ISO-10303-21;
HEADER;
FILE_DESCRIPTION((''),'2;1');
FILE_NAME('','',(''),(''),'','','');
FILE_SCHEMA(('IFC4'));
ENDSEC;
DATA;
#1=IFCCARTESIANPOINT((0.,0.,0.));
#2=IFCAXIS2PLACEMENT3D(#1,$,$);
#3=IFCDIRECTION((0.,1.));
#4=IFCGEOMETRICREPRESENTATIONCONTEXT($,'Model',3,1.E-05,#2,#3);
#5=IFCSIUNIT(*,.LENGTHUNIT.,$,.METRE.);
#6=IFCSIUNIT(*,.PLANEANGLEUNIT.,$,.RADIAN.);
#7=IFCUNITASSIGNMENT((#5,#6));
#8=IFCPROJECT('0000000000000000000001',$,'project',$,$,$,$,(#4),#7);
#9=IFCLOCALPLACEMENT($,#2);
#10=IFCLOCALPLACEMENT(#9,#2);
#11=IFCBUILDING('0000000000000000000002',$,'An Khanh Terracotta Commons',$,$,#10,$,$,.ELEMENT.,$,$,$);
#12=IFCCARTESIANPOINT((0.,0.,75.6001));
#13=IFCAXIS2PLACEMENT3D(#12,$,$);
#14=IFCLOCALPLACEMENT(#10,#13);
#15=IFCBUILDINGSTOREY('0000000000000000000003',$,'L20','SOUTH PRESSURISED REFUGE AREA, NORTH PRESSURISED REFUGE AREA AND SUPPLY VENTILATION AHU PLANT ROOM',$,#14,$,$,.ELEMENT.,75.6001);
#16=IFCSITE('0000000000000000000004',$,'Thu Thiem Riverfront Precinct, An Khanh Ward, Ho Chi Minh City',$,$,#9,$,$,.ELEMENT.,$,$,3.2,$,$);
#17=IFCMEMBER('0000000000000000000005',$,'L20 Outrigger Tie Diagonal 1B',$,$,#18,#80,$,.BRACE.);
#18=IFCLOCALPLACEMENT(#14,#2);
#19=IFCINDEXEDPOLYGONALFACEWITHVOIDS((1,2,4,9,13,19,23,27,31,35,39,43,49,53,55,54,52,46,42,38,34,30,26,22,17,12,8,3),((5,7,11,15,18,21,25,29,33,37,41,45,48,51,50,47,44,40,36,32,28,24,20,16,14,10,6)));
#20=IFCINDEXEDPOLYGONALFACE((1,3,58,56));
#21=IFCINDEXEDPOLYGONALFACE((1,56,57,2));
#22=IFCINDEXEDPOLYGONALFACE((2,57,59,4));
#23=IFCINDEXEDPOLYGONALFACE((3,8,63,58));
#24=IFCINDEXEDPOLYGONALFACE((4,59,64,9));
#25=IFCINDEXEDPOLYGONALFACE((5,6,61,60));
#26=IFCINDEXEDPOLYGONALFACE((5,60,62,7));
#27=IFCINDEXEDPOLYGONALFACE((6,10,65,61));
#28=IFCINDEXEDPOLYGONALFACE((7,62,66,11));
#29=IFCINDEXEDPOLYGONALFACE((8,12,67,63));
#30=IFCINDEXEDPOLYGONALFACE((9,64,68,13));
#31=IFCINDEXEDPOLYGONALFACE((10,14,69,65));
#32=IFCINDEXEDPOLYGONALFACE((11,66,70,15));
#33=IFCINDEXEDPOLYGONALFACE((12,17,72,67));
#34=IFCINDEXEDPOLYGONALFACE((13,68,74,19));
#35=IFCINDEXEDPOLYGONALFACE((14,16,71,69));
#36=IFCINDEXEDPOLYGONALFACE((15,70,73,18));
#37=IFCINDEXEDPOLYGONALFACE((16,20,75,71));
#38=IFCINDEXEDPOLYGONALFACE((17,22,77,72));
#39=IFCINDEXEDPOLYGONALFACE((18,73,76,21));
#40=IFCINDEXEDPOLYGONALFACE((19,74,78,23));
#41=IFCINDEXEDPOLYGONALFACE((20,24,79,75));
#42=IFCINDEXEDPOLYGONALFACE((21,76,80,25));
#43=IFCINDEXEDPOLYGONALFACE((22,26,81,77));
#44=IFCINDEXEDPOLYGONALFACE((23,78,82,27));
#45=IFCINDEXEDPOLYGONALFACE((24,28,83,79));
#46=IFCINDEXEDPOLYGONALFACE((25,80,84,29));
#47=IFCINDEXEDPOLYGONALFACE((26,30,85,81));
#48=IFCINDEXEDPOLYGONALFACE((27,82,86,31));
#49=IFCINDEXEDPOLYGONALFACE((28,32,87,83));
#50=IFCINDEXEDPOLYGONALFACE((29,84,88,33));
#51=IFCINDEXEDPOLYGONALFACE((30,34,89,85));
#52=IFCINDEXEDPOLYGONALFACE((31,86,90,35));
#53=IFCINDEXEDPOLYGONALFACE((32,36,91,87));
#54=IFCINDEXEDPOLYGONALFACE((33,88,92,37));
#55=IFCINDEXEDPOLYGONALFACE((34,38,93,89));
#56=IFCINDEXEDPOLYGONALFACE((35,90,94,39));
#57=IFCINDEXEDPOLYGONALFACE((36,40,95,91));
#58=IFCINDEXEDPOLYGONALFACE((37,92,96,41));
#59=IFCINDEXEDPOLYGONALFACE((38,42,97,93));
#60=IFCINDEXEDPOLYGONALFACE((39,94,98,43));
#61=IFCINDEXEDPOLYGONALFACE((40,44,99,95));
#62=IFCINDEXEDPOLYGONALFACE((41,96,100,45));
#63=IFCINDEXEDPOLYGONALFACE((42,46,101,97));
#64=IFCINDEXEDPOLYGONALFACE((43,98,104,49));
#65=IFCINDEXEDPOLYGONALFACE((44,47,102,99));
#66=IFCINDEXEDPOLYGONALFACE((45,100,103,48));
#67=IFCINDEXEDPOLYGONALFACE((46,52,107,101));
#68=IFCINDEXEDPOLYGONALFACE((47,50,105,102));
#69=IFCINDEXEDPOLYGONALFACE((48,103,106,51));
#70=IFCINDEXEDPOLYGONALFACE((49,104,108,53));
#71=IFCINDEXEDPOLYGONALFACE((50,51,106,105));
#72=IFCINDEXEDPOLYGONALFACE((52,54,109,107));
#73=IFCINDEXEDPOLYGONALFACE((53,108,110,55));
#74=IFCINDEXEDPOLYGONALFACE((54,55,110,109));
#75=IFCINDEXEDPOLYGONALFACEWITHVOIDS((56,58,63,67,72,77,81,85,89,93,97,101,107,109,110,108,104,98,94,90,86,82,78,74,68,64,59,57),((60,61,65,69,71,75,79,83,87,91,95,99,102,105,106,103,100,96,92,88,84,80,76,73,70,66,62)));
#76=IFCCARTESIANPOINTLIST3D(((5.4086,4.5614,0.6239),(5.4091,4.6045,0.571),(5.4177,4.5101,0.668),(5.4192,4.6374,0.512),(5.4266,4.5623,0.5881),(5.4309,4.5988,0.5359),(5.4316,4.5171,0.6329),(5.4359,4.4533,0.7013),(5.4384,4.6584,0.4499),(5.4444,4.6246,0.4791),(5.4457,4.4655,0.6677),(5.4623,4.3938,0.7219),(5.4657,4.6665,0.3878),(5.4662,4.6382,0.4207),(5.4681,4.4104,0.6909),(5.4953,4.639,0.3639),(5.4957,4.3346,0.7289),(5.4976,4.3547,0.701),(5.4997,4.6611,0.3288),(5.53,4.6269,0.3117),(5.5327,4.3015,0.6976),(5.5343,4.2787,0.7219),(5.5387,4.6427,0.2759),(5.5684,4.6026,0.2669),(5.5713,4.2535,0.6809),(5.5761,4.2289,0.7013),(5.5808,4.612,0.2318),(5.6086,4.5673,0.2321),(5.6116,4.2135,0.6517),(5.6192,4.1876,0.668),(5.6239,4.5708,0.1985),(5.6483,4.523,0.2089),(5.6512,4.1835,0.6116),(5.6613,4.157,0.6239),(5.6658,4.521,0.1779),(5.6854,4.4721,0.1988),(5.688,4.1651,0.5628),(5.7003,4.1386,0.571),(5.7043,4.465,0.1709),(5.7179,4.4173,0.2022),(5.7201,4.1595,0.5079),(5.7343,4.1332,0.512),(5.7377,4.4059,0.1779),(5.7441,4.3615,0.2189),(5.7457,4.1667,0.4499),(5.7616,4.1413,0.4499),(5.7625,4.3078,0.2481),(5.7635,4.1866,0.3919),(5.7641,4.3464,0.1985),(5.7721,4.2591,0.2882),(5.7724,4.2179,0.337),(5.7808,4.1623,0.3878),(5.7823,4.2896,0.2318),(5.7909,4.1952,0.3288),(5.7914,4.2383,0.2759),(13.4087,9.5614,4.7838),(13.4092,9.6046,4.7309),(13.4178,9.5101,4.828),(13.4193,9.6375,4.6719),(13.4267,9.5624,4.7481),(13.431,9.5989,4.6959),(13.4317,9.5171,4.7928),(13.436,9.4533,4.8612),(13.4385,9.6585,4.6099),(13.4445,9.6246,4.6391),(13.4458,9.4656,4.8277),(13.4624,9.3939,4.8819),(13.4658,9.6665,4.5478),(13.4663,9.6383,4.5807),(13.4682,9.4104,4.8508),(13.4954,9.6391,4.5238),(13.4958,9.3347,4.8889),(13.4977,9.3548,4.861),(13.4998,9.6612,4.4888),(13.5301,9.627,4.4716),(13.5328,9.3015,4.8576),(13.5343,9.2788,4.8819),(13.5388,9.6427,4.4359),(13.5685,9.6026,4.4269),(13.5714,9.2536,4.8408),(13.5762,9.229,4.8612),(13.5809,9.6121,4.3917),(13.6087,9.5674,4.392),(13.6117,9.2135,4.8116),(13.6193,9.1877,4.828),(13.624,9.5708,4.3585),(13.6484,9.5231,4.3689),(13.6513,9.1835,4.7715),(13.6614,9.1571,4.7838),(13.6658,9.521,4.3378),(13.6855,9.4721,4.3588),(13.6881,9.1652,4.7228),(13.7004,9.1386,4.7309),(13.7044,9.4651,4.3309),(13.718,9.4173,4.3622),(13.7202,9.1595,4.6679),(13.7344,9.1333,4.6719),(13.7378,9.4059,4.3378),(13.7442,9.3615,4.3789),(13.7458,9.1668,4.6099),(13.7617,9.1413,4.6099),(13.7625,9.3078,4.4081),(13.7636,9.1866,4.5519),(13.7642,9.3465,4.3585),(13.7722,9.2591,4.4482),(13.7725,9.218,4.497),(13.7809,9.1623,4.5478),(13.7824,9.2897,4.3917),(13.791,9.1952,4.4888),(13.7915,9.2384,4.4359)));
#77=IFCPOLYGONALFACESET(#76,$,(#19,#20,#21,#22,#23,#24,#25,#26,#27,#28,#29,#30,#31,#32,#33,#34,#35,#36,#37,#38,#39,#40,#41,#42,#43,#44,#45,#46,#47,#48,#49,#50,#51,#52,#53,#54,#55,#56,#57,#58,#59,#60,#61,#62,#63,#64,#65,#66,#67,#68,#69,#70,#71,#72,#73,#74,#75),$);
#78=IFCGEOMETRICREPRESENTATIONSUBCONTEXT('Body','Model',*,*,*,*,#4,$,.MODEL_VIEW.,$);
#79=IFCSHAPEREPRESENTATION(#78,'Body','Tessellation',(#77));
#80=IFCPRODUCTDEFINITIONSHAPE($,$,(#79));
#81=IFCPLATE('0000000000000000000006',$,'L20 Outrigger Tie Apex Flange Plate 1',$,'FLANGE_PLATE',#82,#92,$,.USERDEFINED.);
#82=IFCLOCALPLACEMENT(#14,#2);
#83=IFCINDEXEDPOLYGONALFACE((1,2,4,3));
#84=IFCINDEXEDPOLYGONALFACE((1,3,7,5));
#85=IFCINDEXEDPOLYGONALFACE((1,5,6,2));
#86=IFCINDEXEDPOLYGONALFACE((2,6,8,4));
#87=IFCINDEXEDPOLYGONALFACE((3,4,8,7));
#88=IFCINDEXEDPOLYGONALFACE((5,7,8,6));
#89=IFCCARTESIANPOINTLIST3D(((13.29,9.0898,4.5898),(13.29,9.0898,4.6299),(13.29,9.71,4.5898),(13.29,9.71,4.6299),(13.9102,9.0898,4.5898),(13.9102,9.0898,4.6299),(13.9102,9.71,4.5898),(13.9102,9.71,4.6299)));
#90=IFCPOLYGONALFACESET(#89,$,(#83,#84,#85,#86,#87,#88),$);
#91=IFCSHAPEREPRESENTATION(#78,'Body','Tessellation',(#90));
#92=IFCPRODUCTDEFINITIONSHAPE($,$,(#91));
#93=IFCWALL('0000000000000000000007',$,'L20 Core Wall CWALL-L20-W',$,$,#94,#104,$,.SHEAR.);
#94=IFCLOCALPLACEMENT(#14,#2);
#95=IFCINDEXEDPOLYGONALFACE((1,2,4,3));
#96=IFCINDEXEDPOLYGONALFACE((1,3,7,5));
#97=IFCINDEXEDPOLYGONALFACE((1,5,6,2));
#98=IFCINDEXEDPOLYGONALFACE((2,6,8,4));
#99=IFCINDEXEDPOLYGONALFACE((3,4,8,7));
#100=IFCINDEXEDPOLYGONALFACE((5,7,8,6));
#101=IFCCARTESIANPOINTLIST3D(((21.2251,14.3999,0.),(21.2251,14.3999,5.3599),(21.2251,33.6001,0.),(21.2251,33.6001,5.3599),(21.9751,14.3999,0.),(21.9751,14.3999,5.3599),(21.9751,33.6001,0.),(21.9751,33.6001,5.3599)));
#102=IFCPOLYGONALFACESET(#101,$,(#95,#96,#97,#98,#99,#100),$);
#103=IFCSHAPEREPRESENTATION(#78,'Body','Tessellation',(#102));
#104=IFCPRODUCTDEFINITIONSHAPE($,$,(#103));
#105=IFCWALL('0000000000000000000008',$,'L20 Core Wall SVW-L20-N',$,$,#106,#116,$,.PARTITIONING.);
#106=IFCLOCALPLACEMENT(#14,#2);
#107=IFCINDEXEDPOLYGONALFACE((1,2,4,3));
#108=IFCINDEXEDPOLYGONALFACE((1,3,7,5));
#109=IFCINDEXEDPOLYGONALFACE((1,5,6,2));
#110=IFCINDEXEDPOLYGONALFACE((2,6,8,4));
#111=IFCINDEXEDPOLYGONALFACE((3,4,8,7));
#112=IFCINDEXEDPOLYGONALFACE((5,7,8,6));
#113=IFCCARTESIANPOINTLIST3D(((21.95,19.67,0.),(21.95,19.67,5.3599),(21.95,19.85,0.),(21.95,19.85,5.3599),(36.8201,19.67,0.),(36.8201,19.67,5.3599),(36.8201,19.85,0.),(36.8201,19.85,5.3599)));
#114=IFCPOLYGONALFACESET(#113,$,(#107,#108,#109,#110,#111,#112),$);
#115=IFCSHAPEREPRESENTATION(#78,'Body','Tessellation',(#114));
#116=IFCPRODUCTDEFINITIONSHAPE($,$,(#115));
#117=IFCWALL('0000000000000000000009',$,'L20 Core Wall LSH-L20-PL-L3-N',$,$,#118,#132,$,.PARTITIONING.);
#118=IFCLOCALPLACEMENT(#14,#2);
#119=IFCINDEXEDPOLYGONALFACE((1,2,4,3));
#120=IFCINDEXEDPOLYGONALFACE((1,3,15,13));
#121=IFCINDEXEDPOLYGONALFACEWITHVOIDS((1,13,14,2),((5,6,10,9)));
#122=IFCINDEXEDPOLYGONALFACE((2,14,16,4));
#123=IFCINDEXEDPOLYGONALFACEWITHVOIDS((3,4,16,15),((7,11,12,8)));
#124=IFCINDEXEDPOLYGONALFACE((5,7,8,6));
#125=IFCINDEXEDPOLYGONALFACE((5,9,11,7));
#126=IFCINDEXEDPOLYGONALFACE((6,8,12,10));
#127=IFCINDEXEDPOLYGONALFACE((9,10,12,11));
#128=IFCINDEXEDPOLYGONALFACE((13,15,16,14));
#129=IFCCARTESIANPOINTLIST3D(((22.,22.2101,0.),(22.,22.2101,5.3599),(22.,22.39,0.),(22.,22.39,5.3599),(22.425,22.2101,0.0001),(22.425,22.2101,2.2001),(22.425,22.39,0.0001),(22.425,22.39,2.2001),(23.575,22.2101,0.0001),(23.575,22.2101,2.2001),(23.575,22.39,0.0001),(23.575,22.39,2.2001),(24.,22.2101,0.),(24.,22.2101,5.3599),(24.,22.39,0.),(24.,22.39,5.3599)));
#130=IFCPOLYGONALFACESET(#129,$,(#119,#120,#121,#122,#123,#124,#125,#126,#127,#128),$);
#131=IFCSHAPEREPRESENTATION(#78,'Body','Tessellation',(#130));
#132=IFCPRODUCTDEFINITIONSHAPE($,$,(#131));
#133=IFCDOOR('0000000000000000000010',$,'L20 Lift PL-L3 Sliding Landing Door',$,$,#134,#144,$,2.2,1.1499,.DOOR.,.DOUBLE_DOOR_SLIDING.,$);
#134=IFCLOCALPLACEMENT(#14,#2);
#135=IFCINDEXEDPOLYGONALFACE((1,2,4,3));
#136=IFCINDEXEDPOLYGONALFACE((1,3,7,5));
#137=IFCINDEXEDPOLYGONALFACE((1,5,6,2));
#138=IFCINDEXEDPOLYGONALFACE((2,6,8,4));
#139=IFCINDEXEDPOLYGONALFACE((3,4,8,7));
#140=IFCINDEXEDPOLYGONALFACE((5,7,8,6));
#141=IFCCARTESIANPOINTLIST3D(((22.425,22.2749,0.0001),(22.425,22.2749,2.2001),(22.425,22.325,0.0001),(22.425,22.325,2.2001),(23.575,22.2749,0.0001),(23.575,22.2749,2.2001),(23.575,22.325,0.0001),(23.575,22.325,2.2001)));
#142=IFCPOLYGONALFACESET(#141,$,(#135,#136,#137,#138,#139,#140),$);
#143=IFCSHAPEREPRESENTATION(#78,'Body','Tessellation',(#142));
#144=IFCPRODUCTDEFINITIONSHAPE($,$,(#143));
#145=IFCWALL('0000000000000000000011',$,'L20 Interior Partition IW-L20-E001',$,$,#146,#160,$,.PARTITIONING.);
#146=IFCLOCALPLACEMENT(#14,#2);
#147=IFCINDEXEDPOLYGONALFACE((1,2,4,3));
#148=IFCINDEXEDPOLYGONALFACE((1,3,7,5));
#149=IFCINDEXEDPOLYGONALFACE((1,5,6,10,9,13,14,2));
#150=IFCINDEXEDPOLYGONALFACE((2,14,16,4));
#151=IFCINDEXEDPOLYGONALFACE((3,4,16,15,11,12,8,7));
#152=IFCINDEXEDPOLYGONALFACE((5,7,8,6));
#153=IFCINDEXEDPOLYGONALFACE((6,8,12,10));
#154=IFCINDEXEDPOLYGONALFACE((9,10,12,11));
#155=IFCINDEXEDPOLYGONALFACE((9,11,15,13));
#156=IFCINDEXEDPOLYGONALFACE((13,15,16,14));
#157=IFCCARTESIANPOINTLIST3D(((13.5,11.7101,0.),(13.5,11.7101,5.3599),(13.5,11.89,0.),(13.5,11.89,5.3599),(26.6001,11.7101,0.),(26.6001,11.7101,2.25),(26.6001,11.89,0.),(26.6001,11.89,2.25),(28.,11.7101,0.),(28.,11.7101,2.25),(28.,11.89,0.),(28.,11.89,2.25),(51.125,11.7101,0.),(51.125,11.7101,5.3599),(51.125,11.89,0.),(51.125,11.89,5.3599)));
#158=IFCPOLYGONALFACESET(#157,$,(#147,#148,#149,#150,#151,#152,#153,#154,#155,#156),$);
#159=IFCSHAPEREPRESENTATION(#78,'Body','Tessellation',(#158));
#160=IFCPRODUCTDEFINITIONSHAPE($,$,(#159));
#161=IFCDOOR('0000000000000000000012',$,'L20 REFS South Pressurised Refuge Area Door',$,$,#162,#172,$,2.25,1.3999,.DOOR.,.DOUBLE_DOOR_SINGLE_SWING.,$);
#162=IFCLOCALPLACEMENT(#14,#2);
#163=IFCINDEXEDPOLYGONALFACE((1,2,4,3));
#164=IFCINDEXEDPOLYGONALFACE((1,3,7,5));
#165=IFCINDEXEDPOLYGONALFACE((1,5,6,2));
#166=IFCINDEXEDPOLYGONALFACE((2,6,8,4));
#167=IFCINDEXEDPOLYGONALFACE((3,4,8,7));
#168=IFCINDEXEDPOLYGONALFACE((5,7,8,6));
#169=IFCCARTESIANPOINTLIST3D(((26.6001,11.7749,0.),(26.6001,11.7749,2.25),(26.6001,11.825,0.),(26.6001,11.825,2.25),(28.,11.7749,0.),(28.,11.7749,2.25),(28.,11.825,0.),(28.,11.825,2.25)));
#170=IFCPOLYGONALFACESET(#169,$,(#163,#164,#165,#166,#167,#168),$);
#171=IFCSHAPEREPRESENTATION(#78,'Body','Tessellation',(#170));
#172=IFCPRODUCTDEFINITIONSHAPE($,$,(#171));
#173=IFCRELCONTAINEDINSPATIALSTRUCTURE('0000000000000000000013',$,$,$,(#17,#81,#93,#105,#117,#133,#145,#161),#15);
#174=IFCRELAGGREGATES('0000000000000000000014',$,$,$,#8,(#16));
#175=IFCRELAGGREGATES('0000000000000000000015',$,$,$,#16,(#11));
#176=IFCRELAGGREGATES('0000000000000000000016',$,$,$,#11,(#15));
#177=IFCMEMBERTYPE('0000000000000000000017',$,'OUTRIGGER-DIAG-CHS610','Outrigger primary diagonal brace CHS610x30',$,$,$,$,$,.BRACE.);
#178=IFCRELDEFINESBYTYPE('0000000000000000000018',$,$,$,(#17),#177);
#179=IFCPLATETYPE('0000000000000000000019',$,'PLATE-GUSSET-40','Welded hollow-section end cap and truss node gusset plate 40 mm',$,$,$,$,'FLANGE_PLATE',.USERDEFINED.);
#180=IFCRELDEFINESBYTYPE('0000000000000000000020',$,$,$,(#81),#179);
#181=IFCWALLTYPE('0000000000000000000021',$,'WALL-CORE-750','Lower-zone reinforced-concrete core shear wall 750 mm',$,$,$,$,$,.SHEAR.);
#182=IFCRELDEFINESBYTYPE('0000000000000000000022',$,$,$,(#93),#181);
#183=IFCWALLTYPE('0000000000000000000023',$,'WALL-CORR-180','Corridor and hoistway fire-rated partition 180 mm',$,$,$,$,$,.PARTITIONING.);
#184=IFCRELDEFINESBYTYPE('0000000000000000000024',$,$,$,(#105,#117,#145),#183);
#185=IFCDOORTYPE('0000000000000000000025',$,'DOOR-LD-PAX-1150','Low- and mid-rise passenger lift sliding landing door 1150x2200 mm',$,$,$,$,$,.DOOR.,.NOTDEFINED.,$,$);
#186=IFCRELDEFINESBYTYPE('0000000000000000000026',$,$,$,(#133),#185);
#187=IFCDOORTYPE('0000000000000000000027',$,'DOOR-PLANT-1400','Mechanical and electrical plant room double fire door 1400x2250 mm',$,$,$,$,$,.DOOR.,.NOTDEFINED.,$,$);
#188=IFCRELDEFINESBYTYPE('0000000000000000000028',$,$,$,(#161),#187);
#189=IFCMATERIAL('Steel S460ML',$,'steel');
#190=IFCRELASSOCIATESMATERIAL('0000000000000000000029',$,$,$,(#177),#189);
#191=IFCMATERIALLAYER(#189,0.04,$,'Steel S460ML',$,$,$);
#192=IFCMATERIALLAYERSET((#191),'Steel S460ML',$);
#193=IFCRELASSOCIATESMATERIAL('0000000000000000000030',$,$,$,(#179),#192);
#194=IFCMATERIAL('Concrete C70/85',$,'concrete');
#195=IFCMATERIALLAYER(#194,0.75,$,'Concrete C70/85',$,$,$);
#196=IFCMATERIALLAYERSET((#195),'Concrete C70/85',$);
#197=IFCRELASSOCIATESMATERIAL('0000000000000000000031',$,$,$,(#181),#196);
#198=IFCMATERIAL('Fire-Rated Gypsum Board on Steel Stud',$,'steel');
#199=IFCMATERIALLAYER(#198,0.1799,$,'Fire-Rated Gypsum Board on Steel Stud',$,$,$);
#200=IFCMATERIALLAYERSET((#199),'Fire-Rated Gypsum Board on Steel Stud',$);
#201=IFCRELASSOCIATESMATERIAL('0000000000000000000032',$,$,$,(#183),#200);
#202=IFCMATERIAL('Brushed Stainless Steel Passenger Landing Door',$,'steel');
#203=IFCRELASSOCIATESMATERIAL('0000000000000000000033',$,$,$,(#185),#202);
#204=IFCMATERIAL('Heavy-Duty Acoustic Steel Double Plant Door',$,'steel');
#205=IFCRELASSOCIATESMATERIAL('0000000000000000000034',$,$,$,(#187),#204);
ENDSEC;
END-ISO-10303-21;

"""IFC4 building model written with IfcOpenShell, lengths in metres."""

from ifc_helpers import new_model, si_unit, direction, frame, frame_2d, origin, origin_2d, place, context, subcontext, project, spatial, rectangle, hollow_circle, extrude, material, layer, layer_set, material_profile, profile_set, type_object, element, fill, save


model = new_model("IFC4")

# Units and contexts
model_context = context("Model", 3, precision=1e-05, world=origin(), true_north=direction((0.0, 1.0)))
body_context = subcontext(model_context, "Body", "Model", "MODEL_VIEW")
ifc_project = project(units=[si_unit("LENGTHUNIT", "METRE"), si_unit("PLANEANGLEUNIT", "RADIAN")], contexts=[model_context])

# Site, building, storey
site_placement = place(None, origin())
site = spatial("IfcSite", under=ifc_project, at=site_placement, Name="Thu Thiem Riverfront Precinct, An Khanh Ward, Ho Chi Minh City", CompositionType="ELEMENT", RefElevation=3.2)
building_placement = place(site_placement, origin())
building = spatial("IfcBuilding", under=site, at=building_placement, Name="An Khanh Terracotta Commons", CompositionType="ELEMENT")
storey_placement = place(building_placement, frame((0.0, 0.0, 75.6001)))
storey = spatial("IfcBuildingStorey", under=building, at=storey_placement, Name="L20", Description="SOUTH PRESSURISED REFUGE AREA, NORTH PRESSURISED REFUGE AREA AND SUPPLY VENTILATION AHU PLANT ROOM", CompositionType="ELEMENT", Elevation=75.6001)

# Shared definitions
ifc_material_1 = material(Name="Concrete C70/85", Category="concrete")

# Shared definitions
ifc_material_2 = material(Name="Steel S460ML", Category="steel")

# Member
ifc_material_profile_1 = material_profile(ifc_material_2, hollow_circle(Radius=0.3049, WallThickness=0.03, at=origin_2d()), Name="CHS610x30")
ifc_profile_set_1 = profile_set([ifc_material_profile_1], Name="Steel S460ML")
member_type_1 = type_object("IfcMemberType", Name="OUTRIGGER-DIAG-CHS610", Description="Outrigger primary diagonal brace CHS610x30", PredefinedType="BRACE", material=ifc_profile_set_1)
for number, where, z_axis, x_axis, name in (
    (1, (13.6001, 9.3999, 4.6099), (-0.775914, -0.484946, -0.403467), (0.529999, -0.847998, 0.0), "L20 Outrigger Tie Diagonal 1B"),
):
    element("IfcMember", number, at=place(storey_placement, frame(where, z_axis=z_axis, x_axis=x_axis)), inside=storey, type_object=member_type_1, Name=name, PredefinedType="BRACE", context=body_context, shape_type="SweptSolid", body=[
        extrude(hollow_circle(Radius=0.3049, WallThickness=0.03, at=origin_2d()), origin(), (0.0, 0.0, 1.0), 10.3105),
    ])

# Plate
ifc_layer_1 = layer(ifc_material_2, 0.04, Name="Steel S460ML")
ifc_layer_set_1 = layer_set([ifc_layer_1], Name="Steel S460ML")
plate_type = type_object("IfcPlateType", Name="PLATE-GUSSET-40", Description="Welded hollow-section end cap and truss node gusset plate 40 mm", ElementType="FLANGE_PLATE", PredefinedType="USERDEFINED", material=ifc_layer_set_1)
plate_placement = place(storey_placement, frame((13.6001, 9.3999, 4.5898), z_axis=(0.0, 0.0, 1.0), x_axis=(1.0, 0.0, 0.0)))
element("IfcPlate", 2, at=plate_placement, inside=storey, type_object=plate_type, Name="L20 Outrigger Tie Apex Flange Plate 1", ObjectType="FLANGE_PLATE", PredefinedType="USERDEFINED", context=body_context, shape_type="SweptSolid", body=[
    extrude(rectangle(XDim=0.6201, YDim=0.6201, at=origin_2d()), origin(), (0.0, 0.0, 1.0), 0.04),
])

# Walls
ifc_layer_2 = layer(ifc_material_1, 0.75, Name="Concrete C70/85")
ifc_layer_set_2 = layer_set([ifc_layer_2], Name="Concrete C70/85")
wall_type_1 = type_object("IfcWallType", Name="WALL-CORE-750", Description="Lower-zone reinforced-concrete core shear wall 750 mm", PredefinedType="SHEAR", material=ifc_layer_set_2)
wall_1_placement = place(storey_placement, frame((21.6001, 14.3999, 0.0), z_axis=(0.0, 0.0, 1.0), x_axis=(0.0, 1.0, 0.0)))
element("IfcWall", 3, at=wall_1_placement, inside=storey, type_object=wall_type_1, Name="L20 Core Wall CWALL-L20-W", PredefinedType="SHEAR", context=body_context, shape_type="SweptSolid", body=[
    extrude(rectangle(XDim=19.2002, YDim=0.75, at=frame_2d((9.6001, 0.0))), origin(), (0.0, 0.0, 1.0), 5.3599),
])
ifc_material_3 = material(Name="Fire-Rated Gypsum Board on Steel Stud", Category="steel")
ifc_layer_3 = layer(ifc_material_3, 0.1799, Name="Fire-Rated Gypsum Board on Steel Stud")
ifc_layer_set_3 = layer_set([ifc_layer_3], Name="Fire-Rated Gypsum Board on Steel Stud")
wall_type_2 = type_object("IfcWallType", Name="WALL-CORR-180", Description="Corridor and hoistway fire-rated partition 180 mm", PredefinedType="PARTITIONING", material=ifc_layer_set_3)
wall_2_placement = place(storey_placement, frame((21.95, 19.76, 0.0), z_axis=(0.0, 0.0, 1.0), x_axis=(1.0, 0.0, 0.0)))
element("IfcWall", 4, at=wall_2_placement, inside=storey, type_object=wall_type_2, Name="L20 Core Wall SVW-L20-N", PredefinedType="PARTITIONING", context=body_context, shape_type="SweptSolid", body=[
    extrude(rectangle(XDim=14.8701, YDim=0.1799, at=frame_2d((7.4351, 0.0))), origin(), (0.0, 0.0, 1.0), 5.3599),
])

# Walls, openings, doors
wall_3_placement = place(storey_placement, frame((22.0, 22.3, 0.0), z_axis=(0.0, 0.0, 1.0), x_axis=(1.0, 0.0, 0.0)))
wall_3 = element("IfcWall", 5, at=wall_3_placement, inside=storey, type_object=wall_type_2, Name="L20 Core Wall LSH-L20-PL-L3-N", PredefinedType="PARTITIONING", context=body_context, shape_type="SweptSolid", body=[
    extrude(rectangle(XDim=2.0, YDim=0.1799, at=frame_2d((1.0, 0.0))), origin(), (0.0, 0.0, 1.0), 5.3599),
])
opening_1_placement = place(wall_3_placement, frame((0.425, 0.0, 0.0)))
opening_1 = element("IfcOpeningElement", 6, at=opening_1_placement, cuts=wall_3, PredefinedType="OPENING", context=body_context, shape_type="SweptSolid", body=[
    extrude(rectangle(XDim=1.1499, YDim=2.2, at=frame_2d((0.575, 1.1001))), frame((0.0, 0.0999, 0.0), z_axis=(0.0, -1.0, 0.0), x_axis=(1.0, 0.0, 0.0)), (0.0, 0.0, 1.0), 0.2),
])
ifc_material_4 = material(Name="Brushed Stainless Steel Passenger Landing Door", Category="steel")
door_type_1 = type_object("IfcDoorType", Name="DOOR-LD-PAX-1150", Description="Low- and mid-rise passenger lift sliding landing door 1150x2200 mm", OperationType="NOTDEFINED", PredefinedType="DOOR", material=ifc_material_4)
door_1_placement = place(opening_1_placement, origin())
door_1 = element("IfcDoor", 7, at=door_1_placement, inside=storey, type_object=door_type_1, Name="L20 Lift PL-L3 Sliding Landing Door", OperationType="DOUBLE_DOOR_SLIDING", OverallHeight=2.2, OverallWidth=1.1499, PredefinedType="DOOR", context=body_context, shape_type="SweptSolid", body=[
    extrude(rectangle(XDim=1.1499, YDim=2.2, at=frame_2d((0.575, 1.1001))), frame((0.0, 0.0249, 0.0), z_axis=(0.0, -1.0, 0.0), x_axis=(1.0, 0.0, 0.0)), (0.0, 0.0, 1.0), 0.05),
])
fill(opening_1, door_1)
wall_4_placement = place(storey_placement, frame((13.5, 11.8, 0.0), z_axis=(0.0, 0.0, 1.0), x_axis=(1.0, 0.0, 0.0)))
wall_4 = element("IfcWall", 8, at=wall_4_placement, inside=storey, type_object=wall_type_2, Name="L20 Interior Partition IW-L20-E001", PredefinedType="PARTITIONING", context=body_context, shape_type="SweptSolid", body=[
    extrude(rectangle(XDim=37.625, YDim=0.1799, at=frame_2d((18.8125, 0.0))), origin(), (0.0, 0.0, 1.0), 5.3599),
])
opening_2_placement = place(wall_4_placement, frame((13.1001, 0.0, 0.0)))
opening_2 = element("IfcOpeningElement", 9, at=opening_2_placement, cuts=wall_4, PredefinedType="OPENING", context=body_context, shape_type="SweptSolid", body=[
    extrude(rectangle(XDim=1.3999, YDim=2.25, at=frame_2d((0.7, 1.125))), frame((0.0, 0.0999, 0.0), z_axis=(0.0, -1.0, 0.0), x_axis=(1.0, 0.0, 0.0)), (0.0, 0.0, 1.0), 0.2),
])
ifc_material_5 = material(Name="Heavy-Duty Acoustic Steel Double Plant Door", Category="steel")
door_type_2 = type_object("IfcDoorType", Name="DOOR-PLANT-1400", Description="Mechanical and electrical plant room double fire door 1400x2250 mm", OperationType="NOTDEFINED", PredefinedType="DOOR", material=ifc_material_5)
door_2_placement = place(opening_2_placement, origin())
door_2 = element("IfcDoor", 10, at=door_2_placement, inside=storey, type_object=door_type_2, Name="L20 REFS South Pressurised Refuge Area Door", OperationType="DOUBLE_DOOR_SINGLE_SWING", OverallHeight=2.25, OverallWidth=1.3999, PredefinedType="DOOR", context=body_context, shape_type="SweptSolid", body=[
    extrude(rectangle(XDim=1.3999, YDim=2.25, at=frame_2d((0.7, 1.125))), frame((0.0, 0.0249, 0.0), z_axis=(0.0, -1.0, 0.0), x_axis=(1.0, 0.0, 0.0)), (0.0, 0.0, 1.0), 0.05),
])
fill(opening_2, door_2)

save(model, "model.ifc")
